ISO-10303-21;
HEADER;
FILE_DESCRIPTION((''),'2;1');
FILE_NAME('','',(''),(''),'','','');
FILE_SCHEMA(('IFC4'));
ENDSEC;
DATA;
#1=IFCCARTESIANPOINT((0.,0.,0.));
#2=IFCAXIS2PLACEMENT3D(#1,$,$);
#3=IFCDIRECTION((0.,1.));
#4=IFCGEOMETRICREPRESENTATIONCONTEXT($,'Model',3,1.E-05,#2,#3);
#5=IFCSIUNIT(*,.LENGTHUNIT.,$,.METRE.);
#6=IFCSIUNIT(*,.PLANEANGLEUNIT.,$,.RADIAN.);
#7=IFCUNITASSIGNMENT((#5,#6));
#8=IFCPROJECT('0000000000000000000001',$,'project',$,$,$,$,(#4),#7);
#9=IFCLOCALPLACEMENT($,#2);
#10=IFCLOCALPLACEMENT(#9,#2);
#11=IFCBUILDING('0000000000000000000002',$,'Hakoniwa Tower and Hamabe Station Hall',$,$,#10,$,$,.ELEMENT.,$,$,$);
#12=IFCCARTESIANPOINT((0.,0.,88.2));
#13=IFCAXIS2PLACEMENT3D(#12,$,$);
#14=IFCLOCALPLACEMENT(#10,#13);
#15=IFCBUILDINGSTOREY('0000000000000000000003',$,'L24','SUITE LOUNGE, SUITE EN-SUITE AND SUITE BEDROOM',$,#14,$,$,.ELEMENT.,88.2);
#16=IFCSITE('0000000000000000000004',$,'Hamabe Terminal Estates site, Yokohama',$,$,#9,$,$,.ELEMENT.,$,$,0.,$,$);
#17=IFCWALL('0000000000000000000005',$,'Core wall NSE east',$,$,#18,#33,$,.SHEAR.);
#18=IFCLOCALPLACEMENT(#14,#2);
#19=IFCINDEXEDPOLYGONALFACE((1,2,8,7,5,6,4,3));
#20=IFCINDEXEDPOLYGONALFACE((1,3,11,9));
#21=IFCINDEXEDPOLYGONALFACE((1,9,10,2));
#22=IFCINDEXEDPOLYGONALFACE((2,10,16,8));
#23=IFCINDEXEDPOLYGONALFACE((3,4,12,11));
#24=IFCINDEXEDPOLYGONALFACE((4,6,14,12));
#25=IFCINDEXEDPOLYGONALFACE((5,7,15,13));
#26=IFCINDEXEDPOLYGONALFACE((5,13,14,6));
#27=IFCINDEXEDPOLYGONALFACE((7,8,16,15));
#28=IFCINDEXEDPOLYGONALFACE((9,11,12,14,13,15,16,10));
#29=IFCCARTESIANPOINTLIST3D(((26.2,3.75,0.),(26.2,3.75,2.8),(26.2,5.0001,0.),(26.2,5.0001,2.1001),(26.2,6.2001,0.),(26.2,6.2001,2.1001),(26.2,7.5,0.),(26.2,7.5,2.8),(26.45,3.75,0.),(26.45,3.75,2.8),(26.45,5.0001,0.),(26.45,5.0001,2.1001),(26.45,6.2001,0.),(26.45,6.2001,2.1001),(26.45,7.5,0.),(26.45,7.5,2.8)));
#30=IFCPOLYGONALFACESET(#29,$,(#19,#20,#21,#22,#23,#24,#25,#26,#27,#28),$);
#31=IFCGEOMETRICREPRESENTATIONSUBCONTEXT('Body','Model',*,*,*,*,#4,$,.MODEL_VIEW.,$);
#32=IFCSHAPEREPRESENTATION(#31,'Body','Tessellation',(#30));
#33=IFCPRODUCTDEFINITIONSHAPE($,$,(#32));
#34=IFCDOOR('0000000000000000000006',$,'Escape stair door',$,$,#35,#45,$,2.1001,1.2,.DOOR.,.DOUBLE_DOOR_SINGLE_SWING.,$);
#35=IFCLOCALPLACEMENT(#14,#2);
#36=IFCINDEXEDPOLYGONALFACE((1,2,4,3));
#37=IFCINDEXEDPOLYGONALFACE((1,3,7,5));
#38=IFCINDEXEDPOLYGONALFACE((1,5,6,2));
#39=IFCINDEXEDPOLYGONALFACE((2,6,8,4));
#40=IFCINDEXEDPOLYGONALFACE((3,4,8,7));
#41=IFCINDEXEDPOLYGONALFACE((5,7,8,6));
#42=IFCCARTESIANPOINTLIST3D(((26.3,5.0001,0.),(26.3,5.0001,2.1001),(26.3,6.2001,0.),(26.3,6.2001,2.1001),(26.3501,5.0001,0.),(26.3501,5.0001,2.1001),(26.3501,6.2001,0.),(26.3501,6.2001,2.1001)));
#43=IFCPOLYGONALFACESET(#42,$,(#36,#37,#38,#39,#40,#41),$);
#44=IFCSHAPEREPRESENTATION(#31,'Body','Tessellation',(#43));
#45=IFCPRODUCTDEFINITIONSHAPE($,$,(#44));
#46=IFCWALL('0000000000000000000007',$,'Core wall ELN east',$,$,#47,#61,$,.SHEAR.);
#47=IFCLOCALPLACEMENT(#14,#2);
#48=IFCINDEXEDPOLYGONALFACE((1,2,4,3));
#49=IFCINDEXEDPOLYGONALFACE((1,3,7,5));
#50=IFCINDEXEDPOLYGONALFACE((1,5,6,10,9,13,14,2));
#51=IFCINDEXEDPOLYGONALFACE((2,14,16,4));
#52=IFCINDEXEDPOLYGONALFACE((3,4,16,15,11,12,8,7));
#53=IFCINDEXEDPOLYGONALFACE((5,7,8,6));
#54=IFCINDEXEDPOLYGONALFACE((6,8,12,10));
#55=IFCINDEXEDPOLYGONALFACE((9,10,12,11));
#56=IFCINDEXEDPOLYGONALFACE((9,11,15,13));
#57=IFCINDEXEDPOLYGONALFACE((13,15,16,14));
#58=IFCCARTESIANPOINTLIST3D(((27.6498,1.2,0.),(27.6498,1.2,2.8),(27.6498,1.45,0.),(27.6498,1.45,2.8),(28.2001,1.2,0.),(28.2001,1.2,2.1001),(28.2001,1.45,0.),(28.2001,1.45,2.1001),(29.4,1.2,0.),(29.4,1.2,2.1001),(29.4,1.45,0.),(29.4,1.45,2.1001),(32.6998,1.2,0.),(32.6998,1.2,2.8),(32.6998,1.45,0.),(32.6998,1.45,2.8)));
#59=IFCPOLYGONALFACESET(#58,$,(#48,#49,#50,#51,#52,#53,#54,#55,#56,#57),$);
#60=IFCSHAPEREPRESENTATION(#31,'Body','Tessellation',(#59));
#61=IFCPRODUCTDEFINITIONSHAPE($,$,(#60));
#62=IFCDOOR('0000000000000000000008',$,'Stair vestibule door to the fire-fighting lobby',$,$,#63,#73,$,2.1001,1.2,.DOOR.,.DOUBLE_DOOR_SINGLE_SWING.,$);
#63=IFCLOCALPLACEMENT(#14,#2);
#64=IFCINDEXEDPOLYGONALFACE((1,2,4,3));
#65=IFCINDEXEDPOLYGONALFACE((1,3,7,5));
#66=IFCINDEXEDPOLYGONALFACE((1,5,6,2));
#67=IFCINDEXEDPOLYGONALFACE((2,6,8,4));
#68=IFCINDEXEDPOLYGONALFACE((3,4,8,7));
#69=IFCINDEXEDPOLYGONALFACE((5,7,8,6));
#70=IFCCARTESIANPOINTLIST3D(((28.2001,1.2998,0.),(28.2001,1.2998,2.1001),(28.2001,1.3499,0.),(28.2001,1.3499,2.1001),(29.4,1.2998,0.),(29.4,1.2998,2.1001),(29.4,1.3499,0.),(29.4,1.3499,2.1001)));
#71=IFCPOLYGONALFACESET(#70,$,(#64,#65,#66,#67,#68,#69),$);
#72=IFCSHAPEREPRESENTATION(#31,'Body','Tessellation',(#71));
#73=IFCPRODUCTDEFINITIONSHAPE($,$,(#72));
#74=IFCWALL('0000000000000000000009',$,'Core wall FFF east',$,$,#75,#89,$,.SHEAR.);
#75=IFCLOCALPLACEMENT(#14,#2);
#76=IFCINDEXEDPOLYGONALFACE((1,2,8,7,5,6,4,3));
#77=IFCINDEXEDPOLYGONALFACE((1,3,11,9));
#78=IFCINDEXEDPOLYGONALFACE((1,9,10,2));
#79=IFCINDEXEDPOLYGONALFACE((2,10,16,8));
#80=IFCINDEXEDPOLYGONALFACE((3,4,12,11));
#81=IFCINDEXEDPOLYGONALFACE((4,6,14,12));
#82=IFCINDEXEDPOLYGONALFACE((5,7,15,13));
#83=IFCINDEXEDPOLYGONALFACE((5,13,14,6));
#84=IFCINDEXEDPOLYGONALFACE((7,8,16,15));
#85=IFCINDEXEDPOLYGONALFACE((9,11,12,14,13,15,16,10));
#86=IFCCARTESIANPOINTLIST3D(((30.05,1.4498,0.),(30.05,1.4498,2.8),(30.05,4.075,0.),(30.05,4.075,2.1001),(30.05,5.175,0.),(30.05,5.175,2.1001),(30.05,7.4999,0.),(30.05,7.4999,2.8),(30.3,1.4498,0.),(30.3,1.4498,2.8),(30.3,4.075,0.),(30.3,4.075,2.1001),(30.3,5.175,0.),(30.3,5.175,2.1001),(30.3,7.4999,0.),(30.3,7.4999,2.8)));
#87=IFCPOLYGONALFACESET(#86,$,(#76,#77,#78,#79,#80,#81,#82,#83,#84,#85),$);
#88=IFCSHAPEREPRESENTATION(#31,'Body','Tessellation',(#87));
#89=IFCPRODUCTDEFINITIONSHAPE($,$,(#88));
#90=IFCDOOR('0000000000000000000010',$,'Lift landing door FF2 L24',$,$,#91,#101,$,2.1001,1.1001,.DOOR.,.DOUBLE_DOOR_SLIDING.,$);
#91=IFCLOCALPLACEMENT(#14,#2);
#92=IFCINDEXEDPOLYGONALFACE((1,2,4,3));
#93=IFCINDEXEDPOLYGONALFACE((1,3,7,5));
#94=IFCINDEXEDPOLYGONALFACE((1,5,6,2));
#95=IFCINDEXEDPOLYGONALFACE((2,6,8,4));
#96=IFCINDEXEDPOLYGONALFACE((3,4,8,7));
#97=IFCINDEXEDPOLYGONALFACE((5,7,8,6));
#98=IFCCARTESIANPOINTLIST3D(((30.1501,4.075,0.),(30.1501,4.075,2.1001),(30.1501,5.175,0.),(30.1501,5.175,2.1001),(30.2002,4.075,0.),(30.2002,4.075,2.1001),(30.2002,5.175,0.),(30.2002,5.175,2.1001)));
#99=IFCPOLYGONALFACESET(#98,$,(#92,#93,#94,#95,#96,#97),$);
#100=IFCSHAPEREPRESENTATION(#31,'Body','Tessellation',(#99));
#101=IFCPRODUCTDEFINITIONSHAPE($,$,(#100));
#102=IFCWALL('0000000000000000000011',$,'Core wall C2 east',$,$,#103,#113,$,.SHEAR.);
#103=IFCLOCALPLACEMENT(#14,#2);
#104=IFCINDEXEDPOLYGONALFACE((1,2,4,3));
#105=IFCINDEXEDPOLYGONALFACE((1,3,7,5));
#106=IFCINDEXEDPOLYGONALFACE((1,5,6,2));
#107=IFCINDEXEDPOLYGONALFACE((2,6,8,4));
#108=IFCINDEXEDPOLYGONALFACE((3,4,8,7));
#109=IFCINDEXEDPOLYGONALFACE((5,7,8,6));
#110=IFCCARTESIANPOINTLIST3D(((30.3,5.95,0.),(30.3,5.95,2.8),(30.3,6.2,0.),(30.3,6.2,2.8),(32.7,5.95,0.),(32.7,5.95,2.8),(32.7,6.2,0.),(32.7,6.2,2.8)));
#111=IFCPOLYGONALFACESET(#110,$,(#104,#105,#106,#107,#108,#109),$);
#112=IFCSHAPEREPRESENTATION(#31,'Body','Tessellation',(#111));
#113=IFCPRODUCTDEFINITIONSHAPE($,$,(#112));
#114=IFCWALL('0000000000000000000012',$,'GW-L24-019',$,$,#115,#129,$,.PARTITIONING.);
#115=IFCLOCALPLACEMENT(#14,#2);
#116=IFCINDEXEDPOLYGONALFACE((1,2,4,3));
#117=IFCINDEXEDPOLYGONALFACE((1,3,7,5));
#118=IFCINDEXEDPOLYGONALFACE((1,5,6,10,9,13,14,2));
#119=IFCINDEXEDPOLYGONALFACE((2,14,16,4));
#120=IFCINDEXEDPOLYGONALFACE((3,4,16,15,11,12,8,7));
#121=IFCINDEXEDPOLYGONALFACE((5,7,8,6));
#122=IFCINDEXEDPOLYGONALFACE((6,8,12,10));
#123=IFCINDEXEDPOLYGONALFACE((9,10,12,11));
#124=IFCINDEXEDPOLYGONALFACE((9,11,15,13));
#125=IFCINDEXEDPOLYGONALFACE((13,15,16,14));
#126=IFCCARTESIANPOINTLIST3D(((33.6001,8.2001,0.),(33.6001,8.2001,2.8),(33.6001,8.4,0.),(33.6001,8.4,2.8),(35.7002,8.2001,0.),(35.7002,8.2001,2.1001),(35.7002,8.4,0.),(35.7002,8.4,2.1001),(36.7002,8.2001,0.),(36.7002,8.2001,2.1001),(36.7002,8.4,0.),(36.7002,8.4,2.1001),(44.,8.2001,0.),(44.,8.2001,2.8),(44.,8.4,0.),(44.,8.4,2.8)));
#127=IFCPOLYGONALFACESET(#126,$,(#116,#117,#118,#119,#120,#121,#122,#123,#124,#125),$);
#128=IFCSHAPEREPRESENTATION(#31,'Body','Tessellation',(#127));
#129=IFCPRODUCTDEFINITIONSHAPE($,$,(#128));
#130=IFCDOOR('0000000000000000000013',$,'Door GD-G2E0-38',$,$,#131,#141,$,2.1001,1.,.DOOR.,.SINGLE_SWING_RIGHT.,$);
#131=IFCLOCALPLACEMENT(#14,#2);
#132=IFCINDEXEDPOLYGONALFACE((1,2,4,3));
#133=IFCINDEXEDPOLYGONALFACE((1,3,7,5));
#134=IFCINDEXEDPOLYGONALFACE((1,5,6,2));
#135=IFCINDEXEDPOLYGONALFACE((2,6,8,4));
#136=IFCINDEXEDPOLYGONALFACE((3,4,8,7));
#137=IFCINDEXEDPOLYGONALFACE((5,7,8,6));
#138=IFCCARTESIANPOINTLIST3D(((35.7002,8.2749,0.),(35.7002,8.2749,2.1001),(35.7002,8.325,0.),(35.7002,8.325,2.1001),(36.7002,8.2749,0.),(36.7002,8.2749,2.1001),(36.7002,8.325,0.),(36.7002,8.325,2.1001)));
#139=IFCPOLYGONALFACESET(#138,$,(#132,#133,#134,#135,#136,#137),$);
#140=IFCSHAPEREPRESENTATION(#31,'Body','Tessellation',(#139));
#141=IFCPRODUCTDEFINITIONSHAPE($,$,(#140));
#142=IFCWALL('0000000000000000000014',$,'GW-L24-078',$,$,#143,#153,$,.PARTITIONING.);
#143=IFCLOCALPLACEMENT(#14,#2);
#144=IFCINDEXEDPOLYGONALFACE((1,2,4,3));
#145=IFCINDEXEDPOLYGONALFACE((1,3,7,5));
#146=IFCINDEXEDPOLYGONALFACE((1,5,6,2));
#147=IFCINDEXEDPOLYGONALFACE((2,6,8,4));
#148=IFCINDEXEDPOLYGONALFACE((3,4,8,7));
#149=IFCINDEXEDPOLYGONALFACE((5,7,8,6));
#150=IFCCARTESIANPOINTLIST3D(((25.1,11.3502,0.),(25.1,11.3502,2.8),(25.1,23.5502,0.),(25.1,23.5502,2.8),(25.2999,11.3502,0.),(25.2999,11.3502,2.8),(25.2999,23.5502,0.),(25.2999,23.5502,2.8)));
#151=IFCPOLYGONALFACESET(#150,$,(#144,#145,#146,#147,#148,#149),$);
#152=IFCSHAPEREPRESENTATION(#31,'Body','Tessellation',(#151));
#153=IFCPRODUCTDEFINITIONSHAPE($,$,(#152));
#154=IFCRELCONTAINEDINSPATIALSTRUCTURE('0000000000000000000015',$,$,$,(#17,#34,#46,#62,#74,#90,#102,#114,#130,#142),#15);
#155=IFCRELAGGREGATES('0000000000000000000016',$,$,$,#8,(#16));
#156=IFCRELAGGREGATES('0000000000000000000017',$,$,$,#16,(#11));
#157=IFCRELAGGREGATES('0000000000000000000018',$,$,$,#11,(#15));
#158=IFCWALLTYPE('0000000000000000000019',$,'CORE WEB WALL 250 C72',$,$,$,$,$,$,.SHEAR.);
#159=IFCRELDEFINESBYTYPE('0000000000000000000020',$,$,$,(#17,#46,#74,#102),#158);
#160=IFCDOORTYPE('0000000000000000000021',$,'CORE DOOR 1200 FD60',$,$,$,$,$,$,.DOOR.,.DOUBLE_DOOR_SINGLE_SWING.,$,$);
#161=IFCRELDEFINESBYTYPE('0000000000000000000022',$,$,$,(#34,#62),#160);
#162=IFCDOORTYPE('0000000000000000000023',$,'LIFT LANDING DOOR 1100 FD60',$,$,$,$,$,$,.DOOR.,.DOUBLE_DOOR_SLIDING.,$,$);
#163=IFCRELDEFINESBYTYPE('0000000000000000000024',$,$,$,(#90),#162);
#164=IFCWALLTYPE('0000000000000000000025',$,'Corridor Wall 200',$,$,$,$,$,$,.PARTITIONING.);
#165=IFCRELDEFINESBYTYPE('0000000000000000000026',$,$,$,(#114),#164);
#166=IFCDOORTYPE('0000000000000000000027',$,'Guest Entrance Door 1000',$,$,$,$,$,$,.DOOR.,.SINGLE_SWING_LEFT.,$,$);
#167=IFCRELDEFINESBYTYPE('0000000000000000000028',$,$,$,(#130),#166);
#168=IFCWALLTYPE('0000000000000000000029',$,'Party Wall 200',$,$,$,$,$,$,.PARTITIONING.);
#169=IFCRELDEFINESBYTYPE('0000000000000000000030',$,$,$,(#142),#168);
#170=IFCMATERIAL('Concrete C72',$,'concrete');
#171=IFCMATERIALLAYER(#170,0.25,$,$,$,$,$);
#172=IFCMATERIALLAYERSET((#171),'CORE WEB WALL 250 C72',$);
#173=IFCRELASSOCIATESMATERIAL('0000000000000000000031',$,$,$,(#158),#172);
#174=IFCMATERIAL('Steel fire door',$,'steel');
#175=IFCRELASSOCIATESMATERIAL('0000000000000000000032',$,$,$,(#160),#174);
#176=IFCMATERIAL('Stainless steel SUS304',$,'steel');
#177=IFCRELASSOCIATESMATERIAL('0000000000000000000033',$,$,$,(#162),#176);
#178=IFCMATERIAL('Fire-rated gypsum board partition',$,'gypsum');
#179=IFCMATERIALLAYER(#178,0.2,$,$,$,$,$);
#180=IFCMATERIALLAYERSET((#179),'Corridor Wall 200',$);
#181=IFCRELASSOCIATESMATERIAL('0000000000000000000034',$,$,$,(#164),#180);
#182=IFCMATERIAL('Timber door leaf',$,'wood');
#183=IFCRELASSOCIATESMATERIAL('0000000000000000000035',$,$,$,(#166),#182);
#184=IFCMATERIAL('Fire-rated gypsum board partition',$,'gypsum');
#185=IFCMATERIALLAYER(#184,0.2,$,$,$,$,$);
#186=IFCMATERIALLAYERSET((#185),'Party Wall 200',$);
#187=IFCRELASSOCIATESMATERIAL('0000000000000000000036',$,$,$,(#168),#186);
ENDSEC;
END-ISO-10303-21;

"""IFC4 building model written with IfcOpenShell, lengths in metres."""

from ifc_helpers import new_model, si_unit, direction, frame, frame_2d, origin, place, context, subcontext, project, spatial, rectangle, extrude, material, layer, layer_set, type_object, element, fill, save


model = new_model("IFC4")

# Units and contexts
model_context = context("Model", 3, precision=1e-05, world=origin(), true_north=direction((0.0, 1.0)))
body_context = subcontext(model_context, "Body", "Model", "MODEL_VIEW")
ifc_project = project(units=[si_unit("LENGTHUNIT", "METRE"), si_unit("PLANEANGLEUNIT", "RADIAN")], contexts=[model_context])

# Site, building, storey
site_placement = place(None, origin())
site = spatial("IfcSite", under=ifc_project, at=site_placement, Name="Hamabe Terminal Estates site, Yokohama", CompositionType="ELEMENT", RefElevation=0.0)
building_placement = place(site_placement, origin())
building = spatial("IfcBuilding", under=site, at=building_placement, Name="Hakoniwa Tower and Hamabe Station Hall", CompositionType="ELEMENT")
storey_placement = place(building_placement, frame((0.0, 0.0, 88.2)))
storey = spatial("IfcBuildingStorey", under=building, at=storey_placement, Name="L24", Description="SUITE LOUNGE, SUITE EN-SUITE AND SUITE BEDROOM", CompositionType="ELEMENT", Elevation=88.2)

# Shared definitions
ifc_material_1 = material(Name="Concrete C72", Category="concrete")
ifc_layer_1 = layer(ifc_material_1, 0.25)
ifc_layer_set_1 = layer_set([ifc_layer_1], Name="CORE WEB WALL 250 C72")
wall_type_1 = type_object("IfcWallType", Name="CORE WEB WALL 250 C72", PredefinedType="SHEAR", material=ifc_layer_set_1)

# Walls, openings, doors
wall_1_placement = place(storey_placement, frame((26.325, 3.75, 0.0), z_axis=(0.0, 0.0, 1.0), x_axis=(0.0, 1.0, 0.0)))
wall_1 = element("IfcWall", 1, at=wall_1_placement, inside=storey, type_object=wall_type_1, Name="Core wall NSE east", PredefinedType="SHEAR", context=body_context, shape_type="SweptSolid", body=[
    extrude(rectangle(XDim=3.75, YDim=0.25, at=frame_2d((1.875, 0.0))), origin(), (0.0, 0.0, 1.0), 2.8),
])
opening_1_placement = place(wall_1_placement, frame((1.25, 0.0, 0.0)))
opening_1 = element("IfcOpeningElement", 2, at=opening_1_placement, cuts=wall_1, PredefinedType="OPENING", context=body_context, shape_type="SweptSolid", body=[
    extrude(rectangle(XDim=1.2, YDim=2.1001, at=frame_2d((0.6001, 1.05))), frame((0.0, 0.135, 0.0), z_axis=(0.0, -1.0, 0.0), x_axis=(1.0, 0.0, 0.0)), (0.0, 0.0, 1.0), 0.27),
])
ifc_material_2 = material(Name="Steel fire door", Category="steel")
door_type_1 = type_object("IfcDoorType", Name="CORE DOOR 1200 FD60", OperationType="DOUBLE_DOOR_SINGLE_SWING", PredefinedType="DOOR", material=ifc_material_2)
door_1_placement = place(opening_1_placement, origin())
door_1 = element("IfcDoor", 3, at=door_1_placement, inside=storey, type_object=door_type_1, Name="Escape stair door", OperationType="DOUBLE_DOOR_SINGLE_SWING", OverallHeight=2.1001, OverallWidth=1.2, PredefinedType="DOOR", context=body_context, shape_type="SweptSolid", body=[
    extrude(rectangle(XDim=1.2, YDim=2.1001, at=frame_2d((0.6001, 1.05))), frame((0.0, 0.0249, 0.0), z_axis=(0.0, -1.0, 0.0), x_axis=(1.0, 0.0, 0.0)), (0.0, 0.0, 1.0), 0.05),
])
fill(opening_1, door_1)
wall_2_placement = place(storey_placement, frame((27.6499, 1.325, 0.0), z_axis=(0.0, 0.0, 1.0), x_axis=(1.0, 0.0, 0.0)))
wall_2 = element("IfcWall", 4, at=wall_2_placement, inside=storey, type_object=wall_type_1, Name="Core wall ELN east", PredefinedType="SHEAR", context=body_context, shape_type="SweptSolid", body=[
    extrude(rectangle(XDim=5.05, YDim=0.25, at=frame_2d((2.5249, 0.0))), origin(), (0.0, 0.0, 1.0), 2.8),
])
opening_2_placement = place(wall_2_placement, frame((0.55, 0.0, 0.0)))
opening_2 = element("IfcOpeningElement", 5, at=opening_2_placement, cuts=wall_2, PredefinedType="OPENING", context=body_context, shape_type="SweptSolid", body=[
    extrude(rectangle(XDim=1.2, YDim=2.1001, at=frame_2d((0.6001, 1.05))), frame((0.0, 0.135, 0.0), z_axis=(0.0, -1.0, 0.0), x_axis=(1.0, 0.0, 0.0)), (0.0, 0.0, 1.0), 0.27),
])
door_2_placement = place(opening_2_placement, origin())
door_2 = element("IfcDoor", 6, at=door_2_placement, inside=storey, type_object=door_type_1, Name="Stair vestibule door to the fire-fighting lobby", OperationType="DOUBLE_DOOR_SINGLE_SWING", OverallHeight=2.1001, OverallWidth=1.2, PredefinedType="DOOR", context=body_context, shape_type="SweptSolid", body=[
    extrude(rectangle(XDim=1.2, YDim=2.1001, at=frame_2d((0.6001, 1.05))), frame((0.0, 0.0249, 0.0), z_axis=(0.0, -1.0, 0.0), x_axis=(1.0, 0.0, 0.0)), (0.0, 0.0, 1.0), 0.05),
])
fill(opening_2, door_2)
wall_3_placement = place(storey_placement, frame((30.175, 1.45, 0.0), z_axis=(0.0, 0.0, 1.0), x_axis=(0.0, 1.0, 0.0)))
wall_3 = element("IfcWall", 7, at=wall_3_placement, inside=storey, type_object=wall_type_1, Name="Core wall FFF east", PredefinedType="SHEAR", context=body_context, shape_type="SweptSolid", body=[
    extrude(rectangle(XDim=6.05, YDim=0.25, at=frame_2d((3.0249, 0.0))), origin(), (0.0, 0.0, 1.0), 2.8),
])
opening_3_placement = place(wall_3_placement, frame((2.625, 0.0, 0.0)))
opening_3 = element("IfcOpeningElement", 8, at=opening_3_placement, cuts=wall_3, PredefinedType="OPENING", context=body_context, shape_type="SweptSolid", body=[
    extrude(rectangle(XDim=1.1001, YDim=2.1001, at=frame_2d((0.55, 1.05))), frame((0.0, 0.135, 0.0), z_axis=(0.0, -1.0, 0.0), x_axis=(1.0, 0.0, 0.0)), (0.0, 0.0, 1.0), 0.27),
])
ifc_material_3 = material(Name="Stainless steel SUS304", Category="steel")
door_type_2 = type_object("IfcDoorType", Name="LIFT LANDING DOOR 1100 FD60", OperationType="DOUBLE_DOOR_SLIDING", PredefinedType="DOOR", material=ifc_material_3)
door_3_placement = place(opening_3_placement, origin())
door_3 = element("IfcDoor", 9, at=door_3_placement, inside=storey, type_object=door_type_2, Name="Lift landing door FF2 L24", OperationType="DOUBLE_DOOR_SLIDING", OverallHeight=2.1001, OverallWidth=1.1001, PredefinedType="DOOR", context=body_context, shape_type="SweptSolid", body=[
    extrude(rectangle(XDim=1.1001, YDim=2.1001, at=frame_2d((0.55, 1.05))), frame((0.0, 0.0249, 0.0), z_axis=(0.0, -1.0, 0.0), x_axis=(1.0, 0.0, 0.0)), (0.0, 0.0, 1.0), 0.05),
])
fill(opening_3, door_3)

# Wall
wall_4_placement = place(storey_placement, frame((30.3, 6.075, 0.0), z_axis=(0.0, 0.0, 1.0), x_axis=(1.0, 0.0, 0.0)))
element("IfcWall", 10, at=wall_4_placement, inside=storey, type_object=wall_type_1, Name="Core wall C2 east", PredefinedType="SHEAR", context=body_context, shape_type="SweptSolid", body=[
    extrude(rectangle(XDim=2.3999, YDim=0.25, at=frame_2d((1.2, 0.0))), origin(), (0.0, 0.0, 1.0), 2.8),
])

# Wall, opening, door
ifc_material_4 = material(Name="Fire-rated gypsum board partition", Category="gypsum")
ifc_layer_2 = layer(ifc_material_4, 0.2)
ifc_layer_set_2 = layer_set([ifc_layer_2], Name="Corridor Wall 200")
wall_type_2 = type_object("IfcWallType", Name="Corridor Wall 200", PredefinedType="PARTITIONING", material=ifc_layer_set_2)
wall_5_placement = place(storey_placement, frame((33.6001, 8.3, 0.0), z_axis=(0.0, 0.0, 1.0), x_axis=(1.0, 0.0, 0.0)))
wall_5 = element("IfcWall", 11, at=wall_5_placement, inside=storey, type_object=wall_type_2, Name="GW-L24-019", PredefinedType="PARTITIONING", context=body_context, shape_type="SweptSolid", body=[
    extrude(rectangle(XDim=10.3999, YDim=0.2, at=frame_2d((5.2, 0.0))), origin(), (0.0, 0.0, 1.0), 2.8),
])
opening_4_placement = place(wall_5_placement, frame((2.1001, 0.0, 0.0)))
opening_4 = element("IfcOpeningElement", 12, at=opening_4_placement, cuts=wall_5, PredefinedType="OPENING", context=body_context, shape_type="SweptSolid", body=[
    extrude(rectangle(XDim=1.0, YDim=2.1001, at=frame_2d((0.5, 1.05))), frame((0.0, 0.1099, 0.0), z_axis=(0.0, -1.0, 0.0), x_axis=(1.0, 0.0, 0.0)), (0.0, 0.0, 1.0), 0.22),
])
ifc_material_5 = material(Name="Timber door leaf", Category="wood")
door_type_3 = type_object("IfcDoorType", Name="Guest Entrance Door 1000", OperationType="SINGLE_SWING_LEFT", PredefinedType="DOOR", material=ifc_material_5)
door_4_placement = place(opening_4_placement, origin())
door_4 = element("IfcDoor", 13, at=door_4_placement, inside=storey, type_object=door_type_3, Name="Door GD-G2E0-38", OperationType="SINGLE_SWING_RIGHT", OverallHeight=2.1001, OverallWidth=1.0, PredefinedType="DOOR", context=body_context, shape_type="SweptSolid", body=[
    extrude(rectangle(XDim=1.0, YDim=2.1001, at=frame_2d((0.5, 1.05))), frame((0.0, 0.0249, 0.0), z_axis=(0.0, -1.0, 0.0), x_axis=(1.0, 0.0, 0.0)), (0.0, 0.0, 1.0), 0.05),
])
fill(opening_4, door_4)

# Wall
ifc_material_6 = material(Name="Fire-rated gypsum board partition", Category="gypsum")
ifc_layer_3 = layer(ifc_material_6, 0.2)
ifc_layer_set_3 = layer_set([ifc_layer_3], Name="Party Wall 200")
wall_type_3 = type_object("IfcWallType", Name="Party Wall 200", PredefinedType="PARTITIONING", material=ifc_layer_set_3)
wall_6_placement = place(storey_placement, frame((25.2, 11.3501, 0.0), z_axis=(0.0, 0.0, 1.0), x_axis=(0.0, 1.0, 0.0)))
element("IfcWall", 14, at=wall_6_placement, inside=storey, type_object=wall_type_3, Name="GW-L24-078", PredefinedType="PARTITIONING", context=body_context, shape_type="SweptSolid", body=[
    extrude(rectangle(XDim=12.2, YDim=0.2, at=frame_2d((6.1001, 0.0))), origin(), (0.0, 0.0, 1.0), 2.8),
])

save(model, "model.ifc")
